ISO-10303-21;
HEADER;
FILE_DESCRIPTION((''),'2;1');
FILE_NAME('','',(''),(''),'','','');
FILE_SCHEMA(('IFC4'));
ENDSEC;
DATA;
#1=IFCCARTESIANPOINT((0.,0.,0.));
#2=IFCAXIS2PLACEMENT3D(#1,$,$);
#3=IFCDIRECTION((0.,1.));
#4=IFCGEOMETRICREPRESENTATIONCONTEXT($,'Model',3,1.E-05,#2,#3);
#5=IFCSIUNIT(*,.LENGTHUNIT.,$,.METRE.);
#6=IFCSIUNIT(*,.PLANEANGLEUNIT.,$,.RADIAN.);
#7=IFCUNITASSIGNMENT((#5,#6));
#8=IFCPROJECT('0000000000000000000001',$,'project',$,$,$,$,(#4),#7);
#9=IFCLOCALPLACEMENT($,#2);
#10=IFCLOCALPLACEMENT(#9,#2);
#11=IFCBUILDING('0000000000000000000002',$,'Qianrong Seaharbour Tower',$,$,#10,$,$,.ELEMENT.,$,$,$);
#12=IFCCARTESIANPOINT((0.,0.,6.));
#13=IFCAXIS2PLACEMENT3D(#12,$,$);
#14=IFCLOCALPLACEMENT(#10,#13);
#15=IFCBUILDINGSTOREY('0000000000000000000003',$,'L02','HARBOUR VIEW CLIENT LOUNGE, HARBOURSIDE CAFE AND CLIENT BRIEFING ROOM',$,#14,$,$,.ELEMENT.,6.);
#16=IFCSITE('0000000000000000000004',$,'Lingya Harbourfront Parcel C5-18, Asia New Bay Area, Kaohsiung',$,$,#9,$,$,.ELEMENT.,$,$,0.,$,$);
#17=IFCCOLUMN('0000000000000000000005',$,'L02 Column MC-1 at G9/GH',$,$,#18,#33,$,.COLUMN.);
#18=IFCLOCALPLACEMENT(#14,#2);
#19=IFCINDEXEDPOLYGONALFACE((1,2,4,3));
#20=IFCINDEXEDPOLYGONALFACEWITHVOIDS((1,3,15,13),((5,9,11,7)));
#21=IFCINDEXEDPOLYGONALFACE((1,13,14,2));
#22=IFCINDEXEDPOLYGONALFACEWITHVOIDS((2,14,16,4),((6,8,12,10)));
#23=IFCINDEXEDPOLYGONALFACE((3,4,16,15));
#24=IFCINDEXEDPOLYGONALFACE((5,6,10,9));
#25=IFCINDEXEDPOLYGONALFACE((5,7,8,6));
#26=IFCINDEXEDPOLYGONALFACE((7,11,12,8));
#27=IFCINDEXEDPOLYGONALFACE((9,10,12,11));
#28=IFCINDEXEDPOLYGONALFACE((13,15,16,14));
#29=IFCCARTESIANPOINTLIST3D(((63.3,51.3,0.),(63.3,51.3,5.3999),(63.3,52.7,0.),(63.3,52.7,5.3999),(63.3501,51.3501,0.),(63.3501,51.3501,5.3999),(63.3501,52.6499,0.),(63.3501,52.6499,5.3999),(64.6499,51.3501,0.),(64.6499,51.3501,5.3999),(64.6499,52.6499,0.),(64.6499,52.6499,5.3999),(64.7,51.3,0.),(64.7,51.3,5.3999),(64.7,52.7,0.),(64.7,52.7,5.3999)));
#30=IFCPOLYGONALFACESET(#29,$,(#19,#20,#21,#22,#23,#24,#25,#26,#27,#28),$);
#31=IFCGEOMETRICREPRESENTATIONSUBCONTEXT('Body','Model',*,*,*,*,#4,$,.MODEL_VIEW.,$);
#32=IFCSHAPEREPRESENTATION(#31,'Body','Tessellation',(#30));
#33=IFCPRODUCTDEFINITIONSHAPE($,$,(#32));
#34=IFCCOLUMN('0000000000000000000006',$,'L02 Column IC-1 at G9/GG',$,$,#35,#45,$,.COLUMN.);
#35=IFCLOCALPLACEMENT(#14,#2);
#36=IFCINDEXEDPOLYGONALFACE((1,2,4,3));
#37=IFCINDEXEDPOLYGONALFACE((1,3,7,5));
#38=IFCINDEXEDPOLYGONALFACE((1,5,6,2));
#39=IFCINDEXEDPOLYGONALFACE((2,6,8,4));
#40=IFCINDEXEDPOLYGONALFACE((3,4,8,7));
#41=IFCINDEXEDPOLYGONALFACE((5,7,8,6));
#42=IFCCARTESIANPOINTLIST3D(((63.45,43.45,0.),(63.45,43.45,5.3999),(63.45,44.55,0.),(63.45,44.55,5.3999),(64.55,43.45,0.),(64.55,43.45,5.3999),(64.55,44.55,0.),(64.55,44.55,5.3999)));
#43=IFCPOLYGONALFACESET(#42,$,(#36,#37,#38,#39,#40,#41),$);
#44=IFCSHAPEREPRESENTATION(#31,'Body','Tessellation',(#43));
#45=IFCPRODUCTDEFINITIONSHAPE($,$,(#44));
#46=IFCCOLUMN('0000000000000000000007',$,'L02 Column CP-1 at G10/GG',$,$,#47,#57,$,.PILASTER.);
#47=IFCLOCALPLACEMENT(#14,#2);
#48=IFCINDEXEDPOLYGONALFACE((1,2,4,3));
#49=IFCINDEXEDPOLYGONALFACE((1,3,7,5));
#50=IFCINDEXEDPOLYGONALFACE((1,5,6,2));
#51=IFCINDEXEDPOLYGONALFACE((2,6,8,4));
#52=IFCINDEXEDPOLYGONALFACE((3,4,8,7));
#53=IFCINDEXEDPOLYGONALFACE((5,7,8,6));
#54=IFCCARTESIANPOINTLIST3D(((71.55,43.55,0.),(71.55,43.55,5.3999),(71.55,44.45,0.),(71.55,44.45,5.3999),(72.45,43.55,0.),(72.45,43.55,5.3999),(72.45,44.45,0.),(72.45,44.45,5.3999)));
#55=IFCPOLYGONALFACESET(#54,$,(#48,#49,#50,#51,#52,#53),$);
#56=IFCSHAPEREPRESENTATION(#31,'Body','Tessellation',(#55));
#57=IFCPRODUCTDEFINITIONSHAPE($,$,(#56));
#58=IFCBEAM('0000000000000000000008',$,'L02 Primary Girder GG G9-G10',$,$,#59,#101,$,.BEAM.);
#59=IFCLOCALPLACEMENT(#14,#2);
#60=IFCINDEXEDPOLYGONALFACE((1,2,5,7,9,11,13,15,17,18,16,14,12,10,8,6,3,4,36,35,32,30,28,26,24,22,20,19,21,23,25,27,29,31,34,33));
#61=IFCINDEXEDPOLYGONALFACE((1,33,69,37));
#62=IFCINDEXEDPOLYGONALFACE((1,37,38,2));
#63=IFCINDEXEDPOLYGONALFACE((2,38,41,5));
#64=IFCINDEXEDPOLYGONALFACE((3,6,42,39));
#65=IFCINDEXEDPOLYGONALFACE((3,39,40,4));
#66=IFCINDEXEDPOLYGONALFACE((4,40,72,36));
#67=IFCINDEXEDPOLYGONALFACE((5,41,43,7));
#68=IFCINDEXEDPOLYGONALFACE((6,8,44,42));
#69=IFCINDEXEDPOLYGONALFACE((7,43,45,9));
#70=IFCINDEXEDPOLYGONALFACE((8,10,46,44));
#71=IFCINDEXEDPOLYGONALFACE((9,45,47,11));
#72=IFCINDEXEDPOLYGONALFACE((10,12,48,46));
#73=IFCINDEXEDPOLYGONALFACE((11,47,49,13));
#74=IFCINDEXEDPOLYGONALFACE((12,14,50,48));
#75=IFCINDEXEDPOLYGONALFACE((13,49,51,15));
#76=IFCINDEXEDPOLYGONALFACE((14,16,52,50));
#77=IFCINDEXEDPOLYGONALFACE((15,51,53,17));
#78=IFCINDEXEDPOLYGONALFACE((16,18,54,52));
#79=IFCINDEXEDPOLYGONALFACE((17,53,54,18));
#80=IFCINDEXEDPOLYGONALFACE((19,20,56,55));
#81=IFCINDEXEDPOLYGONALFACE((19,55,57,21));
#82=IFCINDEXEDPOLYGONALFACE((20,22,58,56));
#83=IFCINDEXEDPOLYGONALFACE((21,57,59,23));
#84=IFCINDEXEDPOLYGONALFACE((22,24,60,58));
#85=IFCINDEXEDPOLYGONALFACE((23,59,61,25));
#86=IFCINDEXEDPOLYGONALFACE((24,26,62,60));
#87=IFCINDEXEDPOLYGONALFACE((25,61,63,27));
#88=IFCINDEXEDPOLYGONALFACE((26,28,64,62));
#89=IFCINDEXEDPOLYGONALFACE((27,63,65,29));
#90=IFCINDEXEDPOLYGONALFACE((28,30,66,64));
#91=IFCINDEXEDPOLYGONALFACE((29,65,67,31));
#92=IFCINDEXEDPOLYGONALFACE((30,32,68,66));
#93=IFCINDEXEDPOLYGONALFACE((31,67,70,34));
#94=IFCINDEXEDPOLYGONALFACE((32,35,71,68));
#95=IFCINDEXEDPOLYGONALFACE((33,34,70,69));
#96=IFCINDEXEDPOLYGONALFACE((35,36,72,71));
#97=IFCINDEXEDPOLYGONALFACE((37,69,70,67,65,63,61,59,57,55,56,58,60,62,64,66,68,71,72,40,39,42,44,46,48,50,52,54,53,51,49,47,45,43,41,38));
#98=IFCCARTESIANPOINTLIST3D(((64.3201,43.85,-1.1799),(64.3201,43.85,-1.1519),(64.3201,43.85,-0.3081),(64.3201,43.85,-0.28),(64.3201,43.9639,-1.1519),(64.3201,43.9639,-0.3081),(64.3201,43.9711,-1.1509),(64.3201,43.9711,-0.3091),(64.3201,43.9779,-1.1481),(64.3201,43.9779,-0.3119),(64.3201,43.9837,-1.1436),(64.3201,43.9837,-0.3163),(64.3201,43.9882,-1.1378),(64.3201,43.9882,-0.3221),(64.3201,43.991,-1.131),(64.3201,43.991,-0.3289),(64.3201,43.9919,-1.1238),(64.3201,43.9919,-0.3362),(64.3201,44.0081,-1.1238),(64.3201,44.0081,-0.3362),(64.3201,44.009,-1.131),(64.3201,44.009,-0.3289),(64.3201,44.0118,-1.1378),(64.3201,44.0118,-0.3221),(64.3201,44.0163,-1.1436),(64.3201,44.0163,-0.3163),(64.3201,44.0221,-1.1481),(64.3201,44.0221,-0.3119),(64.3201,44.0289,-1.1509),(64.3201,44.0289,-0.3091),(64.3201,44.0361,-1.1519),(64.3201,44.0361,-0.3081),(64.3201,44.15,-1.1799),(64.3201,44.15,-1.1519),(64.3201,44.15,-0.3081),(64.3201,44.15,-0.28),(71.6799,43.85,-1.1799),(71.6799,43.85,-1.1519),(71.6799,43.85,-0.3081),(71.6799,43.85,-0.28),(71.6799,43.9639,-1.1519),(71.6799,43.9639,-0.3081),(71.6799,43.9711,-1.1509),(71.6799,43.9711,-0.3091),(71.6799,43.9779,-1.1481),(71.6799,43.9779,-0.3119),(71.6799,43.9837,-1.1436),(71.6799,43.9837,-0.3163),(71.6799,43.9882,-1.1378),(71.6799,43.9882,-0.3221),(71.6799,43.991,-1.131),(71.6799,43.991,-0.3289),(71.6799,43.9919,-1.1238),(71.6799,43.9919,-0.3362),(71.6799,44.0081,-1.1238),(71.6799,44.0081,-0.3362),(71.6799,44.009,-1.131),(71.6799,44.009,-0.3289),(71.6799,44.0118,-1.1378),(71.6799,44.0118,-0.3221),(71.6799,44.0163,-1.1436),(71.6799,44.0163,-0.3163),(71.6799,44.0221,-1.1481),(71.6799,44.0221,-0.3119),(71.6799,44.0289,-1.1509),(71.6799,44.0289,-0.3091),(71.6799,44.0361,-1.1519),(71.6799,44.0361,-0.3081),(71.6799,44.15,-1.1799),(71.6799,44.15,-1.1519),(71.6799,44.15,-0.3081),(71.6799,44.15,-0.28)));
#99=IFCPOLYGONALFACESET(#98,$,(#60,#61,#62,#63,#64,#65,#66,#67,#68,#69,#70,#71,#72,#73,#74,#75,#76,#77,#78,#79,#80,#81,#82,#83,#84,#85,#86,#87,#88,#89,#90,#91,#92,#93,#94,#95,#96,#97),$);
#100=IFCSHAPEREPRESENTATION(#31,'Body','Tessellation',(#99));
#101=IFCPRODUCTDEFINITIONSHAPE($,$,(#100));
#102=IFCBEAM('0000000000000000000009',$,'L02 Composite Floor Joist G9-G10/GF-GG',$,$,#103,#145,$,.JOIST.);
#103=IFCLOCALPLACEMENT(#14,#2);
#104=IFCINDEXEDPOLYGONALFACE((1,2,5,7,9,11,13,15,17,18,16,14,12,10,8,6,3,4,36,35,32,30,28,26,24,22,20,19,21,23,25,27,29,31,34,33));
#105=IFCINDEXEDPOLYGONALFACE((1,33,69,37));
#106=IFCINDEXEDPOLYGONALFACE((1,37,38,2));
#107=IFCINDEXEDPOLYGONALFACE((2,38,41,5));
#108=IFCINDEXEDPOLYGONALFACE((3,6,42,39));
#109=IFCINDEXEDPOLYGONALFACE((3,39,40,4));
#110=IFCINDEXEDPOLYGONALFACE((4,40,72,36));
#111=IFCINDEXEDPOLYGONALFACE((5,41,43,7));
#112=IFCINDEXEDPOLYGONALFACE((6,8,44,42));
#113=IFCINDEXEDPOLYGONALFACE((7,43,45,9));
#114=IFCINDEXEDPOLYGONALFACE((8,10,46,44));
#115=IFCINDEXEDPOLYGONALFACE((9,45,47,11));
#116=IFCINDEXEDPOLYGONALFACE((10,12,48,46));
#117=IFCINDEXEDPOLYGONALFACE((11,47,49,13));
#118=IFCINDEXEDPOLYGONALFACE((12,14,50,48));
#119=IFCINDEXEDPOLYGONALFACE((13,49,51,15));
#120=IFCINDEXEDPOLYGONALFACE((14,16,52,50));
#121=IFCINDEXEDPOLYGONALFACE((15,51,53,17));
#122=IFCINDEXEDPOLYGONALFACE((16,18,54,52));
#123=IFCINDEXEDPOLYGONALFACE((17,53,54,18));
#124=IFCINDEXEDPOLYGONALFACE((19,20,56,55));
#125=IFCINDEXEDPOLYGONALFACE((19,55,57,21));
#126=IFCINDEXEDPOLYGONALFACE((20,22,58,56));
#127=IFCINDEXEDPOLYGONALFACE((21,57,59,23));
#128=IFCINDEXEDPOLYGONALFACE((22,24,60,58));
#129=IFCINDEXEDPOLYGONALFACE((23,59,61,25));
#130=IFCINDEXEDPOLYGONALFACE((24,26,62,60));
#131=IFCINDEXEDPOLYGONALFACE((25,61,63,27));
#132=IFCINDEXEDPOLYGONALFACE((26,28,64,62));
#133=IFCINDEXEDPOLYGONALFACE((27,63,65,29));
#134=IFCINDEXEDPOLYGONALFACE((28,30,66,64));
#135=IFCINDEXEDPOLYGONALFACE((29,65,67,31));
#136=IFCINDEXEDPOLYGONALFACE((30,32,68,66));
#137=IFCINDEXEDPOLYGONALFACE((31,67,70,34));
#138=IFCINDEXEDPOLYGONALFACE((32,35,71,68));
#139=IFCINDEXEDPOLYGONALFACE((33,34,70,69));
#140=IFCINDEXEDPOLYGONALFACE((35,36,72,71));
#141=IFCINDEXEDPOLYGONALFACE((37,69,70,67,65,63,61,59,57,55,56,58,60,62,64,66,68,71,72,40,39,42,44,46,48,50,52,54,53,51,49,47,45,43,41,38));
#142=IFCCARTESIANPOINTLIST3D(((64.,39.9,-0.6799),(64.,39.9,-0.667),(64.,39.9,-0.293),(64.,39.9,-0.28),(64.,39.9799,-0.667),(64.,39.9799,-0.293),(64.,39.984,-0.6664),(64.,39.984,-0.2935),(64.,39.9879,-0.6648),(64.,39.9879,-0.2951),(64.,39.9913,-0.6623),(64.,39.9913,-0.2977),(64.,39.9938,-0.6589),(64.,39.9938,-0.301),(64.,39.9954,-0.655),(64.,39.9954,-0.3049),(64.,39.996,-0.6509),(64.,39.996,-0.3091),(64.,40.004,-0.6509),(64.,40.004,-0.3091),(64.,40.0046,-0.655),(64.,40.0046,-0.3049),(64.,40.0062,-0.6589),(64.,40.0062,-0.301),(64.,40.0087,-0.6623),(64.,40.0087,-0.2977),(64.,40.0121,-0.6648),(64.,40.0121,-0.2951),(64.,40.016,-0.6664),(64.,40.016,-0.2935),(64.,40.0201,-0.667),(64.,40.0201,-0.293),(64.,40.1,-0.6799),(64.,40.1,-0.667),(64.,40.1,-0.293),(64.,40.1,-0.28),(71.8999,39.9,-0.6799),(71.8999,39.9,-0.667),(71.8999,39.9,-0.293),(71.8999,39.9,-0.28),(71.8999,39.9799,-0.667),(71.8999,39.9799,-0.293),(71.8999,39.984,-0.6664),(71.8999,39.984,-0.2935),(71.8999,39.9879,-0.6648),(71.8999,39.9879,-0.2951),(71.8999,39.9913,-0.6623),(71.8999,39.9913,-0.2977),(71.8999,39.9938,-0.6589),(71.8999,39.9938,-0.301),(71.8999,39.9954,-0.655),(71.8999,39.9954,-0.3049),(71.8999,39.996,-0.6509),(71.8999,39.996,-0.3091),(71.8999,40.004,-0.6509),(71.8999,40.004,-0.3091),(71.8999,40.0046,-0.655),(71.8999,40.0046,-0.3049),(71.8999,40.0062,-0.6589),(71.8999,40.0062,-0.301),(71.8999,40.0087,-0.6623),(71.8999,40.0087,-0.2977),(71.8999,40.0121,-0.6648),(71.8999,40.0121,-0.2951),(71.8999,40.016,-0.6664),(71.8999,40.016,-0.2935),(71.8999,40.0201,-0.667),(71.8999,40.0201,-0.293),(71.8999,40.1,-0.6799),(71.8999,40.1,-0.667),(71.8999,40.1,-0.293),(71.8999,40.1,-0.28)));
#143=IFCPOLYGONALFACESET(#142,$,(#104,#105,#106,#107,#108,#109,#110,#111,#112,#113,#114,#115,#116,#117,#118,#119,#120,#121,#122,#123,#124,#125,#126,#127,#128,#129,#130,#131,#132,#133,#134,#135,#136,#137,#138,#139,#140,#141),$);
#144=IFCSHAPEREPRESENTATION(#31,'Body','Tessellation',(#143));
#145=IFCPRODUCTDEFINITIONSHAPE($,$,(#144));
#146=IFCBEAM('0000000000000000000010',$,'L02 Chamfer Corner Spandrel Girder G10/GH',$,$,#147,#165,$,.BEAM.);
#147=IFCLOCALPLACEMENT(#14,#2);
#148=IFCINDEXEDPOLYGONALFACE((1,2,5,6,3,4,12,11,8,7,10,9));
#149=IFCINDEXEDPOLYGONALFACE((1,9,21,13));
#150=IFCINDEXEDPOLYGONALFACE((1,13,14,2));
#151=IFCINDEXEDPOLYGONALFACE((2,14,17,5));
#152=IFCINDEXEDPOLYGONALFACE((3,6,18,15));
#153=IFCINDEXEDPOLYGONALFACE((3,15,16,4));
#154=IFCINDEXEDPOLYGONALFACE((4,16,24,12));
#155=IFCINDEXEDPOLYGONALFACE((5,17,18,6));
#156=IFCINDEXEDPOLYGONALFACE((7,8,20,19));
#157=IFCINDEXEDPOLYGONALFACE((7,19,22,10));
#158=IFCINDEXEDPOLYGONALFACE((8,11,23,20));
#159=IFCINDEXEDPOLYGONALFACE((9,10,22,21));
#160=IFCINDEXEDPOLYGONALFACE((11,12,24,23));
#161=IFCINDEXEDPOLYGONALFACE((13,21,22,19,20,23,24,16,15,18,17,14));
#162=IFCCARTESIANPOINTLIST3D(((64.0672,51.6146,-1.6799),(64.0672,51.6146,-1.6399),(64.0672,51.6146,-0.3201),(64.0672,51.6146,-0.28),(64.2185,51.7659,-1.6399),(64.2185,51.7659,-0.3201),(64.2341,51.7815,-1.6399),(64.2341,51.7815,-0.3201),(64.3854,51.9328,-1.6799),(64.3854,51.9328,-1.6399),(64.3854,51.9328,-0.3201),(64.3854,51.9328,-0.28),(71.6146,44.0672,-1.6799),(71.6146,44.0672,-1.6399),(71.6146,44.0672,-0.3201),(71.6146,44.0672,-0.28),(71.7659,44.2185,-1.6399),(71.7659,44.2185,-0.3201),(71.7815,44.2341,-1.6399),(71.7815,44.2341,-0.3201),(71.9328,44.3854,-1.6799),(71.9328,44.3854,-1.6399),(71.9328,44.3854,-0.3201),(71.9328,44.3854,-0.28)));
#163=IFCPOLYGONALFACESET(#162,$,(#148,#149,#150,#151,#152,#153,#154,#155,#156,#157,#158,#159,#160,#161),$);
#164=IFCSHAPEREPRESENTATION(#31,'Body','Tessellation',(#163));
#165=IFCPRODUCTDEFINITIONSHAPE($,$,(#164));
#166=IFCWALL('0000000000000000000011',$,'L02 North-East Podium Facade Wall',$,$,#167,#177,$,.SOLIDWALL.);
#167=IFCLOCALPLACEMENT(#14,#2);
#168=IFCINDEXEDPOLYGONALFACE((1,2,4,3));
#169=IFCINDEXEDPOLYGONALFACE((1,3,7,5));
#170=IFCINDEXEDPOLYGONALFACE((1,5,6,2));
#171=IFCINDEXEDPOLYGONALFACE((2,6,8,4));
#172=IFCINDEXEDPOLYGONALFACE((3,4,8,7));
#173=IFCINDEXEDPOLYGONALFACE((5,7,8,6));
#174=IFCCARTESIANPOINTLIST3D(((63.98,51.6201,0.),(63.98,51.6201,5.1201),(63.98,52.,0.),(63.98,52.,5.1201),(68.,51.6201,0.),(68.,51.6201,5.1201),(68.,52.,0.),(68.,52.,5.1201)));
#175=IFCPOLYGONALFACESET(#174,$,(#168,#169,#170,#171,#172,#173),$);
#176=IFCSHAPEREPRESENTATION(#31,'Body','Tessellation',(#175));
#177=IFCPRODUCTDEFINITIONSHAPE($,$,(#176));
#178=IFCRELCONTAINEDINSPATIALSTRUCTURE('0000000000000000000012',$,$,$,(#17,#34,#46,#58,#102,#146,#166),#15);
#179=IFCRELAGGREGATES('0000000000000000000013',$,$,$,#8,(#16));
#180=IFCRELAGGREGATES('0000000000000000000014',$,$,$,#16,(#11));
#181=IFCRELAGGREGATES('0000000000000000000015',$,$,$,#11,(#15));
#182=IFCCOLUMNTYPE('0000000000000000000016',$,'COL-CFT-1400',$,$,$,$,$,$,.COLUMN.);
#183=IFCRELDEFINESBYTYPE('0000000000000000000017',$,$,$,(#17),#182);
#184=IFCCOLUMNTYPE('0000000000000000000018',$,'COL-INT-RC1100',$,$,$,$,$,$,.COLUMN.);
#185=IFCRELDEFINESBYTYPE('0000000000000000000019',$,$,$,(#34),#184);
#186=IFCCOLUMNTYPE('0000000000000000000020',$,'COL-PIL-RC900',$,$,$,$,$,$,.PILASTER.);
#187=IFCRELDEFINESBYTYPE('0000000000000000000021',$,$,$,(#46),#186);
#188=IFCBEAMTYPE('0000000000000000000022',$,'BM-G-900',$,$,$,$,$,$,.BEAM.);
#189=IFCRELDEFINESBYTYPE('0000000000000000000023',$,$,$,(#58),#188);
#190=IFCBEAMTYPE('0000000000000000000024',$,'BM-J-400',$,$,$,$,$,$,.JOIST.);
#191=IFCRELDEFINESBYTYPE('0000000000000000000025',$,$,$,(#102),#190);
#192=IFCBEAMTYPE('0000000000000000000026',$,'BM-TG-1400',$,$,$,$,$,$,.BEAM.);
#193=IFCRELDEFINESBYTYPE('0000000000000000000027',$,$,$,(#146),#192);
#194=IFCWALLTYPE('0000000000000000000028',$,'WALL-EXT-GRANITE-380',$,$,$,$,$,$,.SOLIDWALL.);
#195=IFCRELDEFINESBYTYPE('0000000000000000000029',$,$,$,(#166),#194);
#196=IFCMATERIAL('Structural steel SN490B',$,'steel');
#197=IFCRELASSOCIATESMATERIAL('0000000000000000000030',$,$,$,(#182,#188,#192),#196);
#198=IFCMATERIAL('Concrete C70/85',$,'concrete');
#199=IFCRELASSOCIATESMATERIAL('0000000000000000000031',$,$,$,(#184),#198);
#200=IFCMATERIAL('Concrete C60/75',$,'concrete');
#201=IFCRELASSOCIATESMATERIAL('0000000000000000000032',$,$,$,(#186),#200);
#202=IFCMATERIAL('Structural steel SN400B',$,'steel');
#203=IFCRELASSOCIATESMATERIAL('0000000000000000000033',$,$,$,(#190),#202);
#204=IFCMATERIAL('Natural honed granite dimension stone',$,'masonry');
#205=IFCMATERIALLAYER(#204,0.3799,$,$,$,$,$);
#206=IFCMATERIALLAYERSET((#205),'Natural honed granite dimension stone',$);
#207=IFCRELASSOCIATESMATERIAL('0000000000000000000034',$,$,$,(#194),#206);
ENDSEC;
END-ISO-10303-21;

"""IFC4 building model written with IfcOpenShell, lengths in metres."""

from ifc_helpers import new_model, si_unit, direction, frame, frame_2d, origin, origin_2d, place, context, subcontext, project, spatial, rectangle, hollow_rectangle, i_section, extrude, material, layer, layer_set, material_profile, profile_set, type_object, element, save


model = new_model("IFC4")

# Units and contexts
model_context = context("Model", 3, precision=1e-05, world=origin(), true_north=direction((0.0, 1.0)))
body_context = subcontext(model_context, "Body", "Model", "MODEL_VIEW")
ifc_project = project(units=[si_unit("LENGTHUNIT", "METRE"), si_unit("PLANEANGLEUNIT", "RADIAN")], contexts=[model_context])

# Site, building, storey
site_placement = place(None, origin())
site = spatial("IfcSite", under=ifc_project, at=site_placement, Name="Lingya Harbourfront Parcel C5-18, Asia New Bay Area, Kaohsiung", CompositionType="ELEMENT", RefElevation=0.0)
building_placement = place(site_placement, origin())
building = spatial("IfcBuilding", under=site, at=building_placement, Name="Qianrong Seaharbour Tower", CompositionType="ELEMENT")
storey_placement = place(building_placement, frame((0.0, 0.0, 6.0)))
storey = spatial("IfcBuildingStorey", under=building, at=storey_placement, Name="L02", Description="HARBOUR VIEW CLIENT LOUNGE, HARBOURSIDE CAFE AND CLIENT BRIEFING ROOM", CompositionType="ELEMENT", Elevation=6.0)

# Columns
ifc_material_1 = material(Name="Structural steel SN490B", Category="steel")
ifc_material_profile_1 = material_profile(ifc_material_1, hollow_rectangle(XDim=1.3999, YDim=1.3999, WallThickness=0.05, at=origin_2d()), Name="BOX1400x1400x50")
ifc_profile_set_1 = profile_set([ifc_material_profile_1], Name="Structural steel SN490B")
column_type_1 = type_object("IfcColumnType", Name="COL-CFT-1400", PredefinedType="COLUMN", material=ifc_profile_set_1)
column_1_placement = place(storey_placement, frame((64.0, 52.0, 0.0), z_axis=(0.0, 0.0, 1.0), x_axis=(1.0, 0.0, 0.0)))
element("IfcColumn", 1, at=column_1_placement, inside=storey, type_object=column_type_1, Name="L02 Column MC-1 at G9/GH", PredefinedType="COLUMN", context=body_context, shape_type="SweptSolid", body=[
    extrude(hollow_rectangle(XDim=1.3999, YDim=1.3999, WallThickness=0.05, at=origin_2d()), origin(), (0.0, 0.0, 1.0), 5.3999),
])
ifc_material_2 = material(Name="Concrete C70/85", Category="concrete")
ifc_material_profile_2 = material_profile(ifc_material_2, rectangle(XDim=1.1001, YDim=1.1001, at=origin_2d()), Name="RC1100x1100")
ifc_profile_set_2 = profile_set([ifc_material_profile_2], Name="Concrete C70/85")
column_type_2 = type_object("IfcColumnType", Name="COL-INT-RC1100", PredefinedType="COLUMN", material=ifc_profile_set_2)
column_2_placement = place(storey_placement, frame((64.0, 44.0, 0.0), z_axis=(0.0, 0.0, 1.0), x_axis=(1.0, 0.0, 0.0)))
element("IfcColumn", 2, at=column_2_placement, inside=storey, type_object=column_type_2, Name="L02 Column IC-1 at G9/GG", PredefinedType="COLUMN", context=body_context, shape_type="SweptSolid", body=[
    extrude(rectangle(XDim=1.1001, YDim=1.1001, at=origin_2d()), origin(), (0.0, 0.0, 1.0), 5.3999),
])
ifc_material_3 = material(Name="Concrete C60/75", Category="concrete")
ifc_material_profile_3 = material_profile(ifc_material_3, rectangle(XDim=0.8999, YDim=0.8999, at=origin_2d()), Name="RC900x900")
ifc_profile_set_3 = profile_set([ifc_material_profile_3], Name="Concrete C60/75")
column_type_3 = type_object("IfcColumnType", Name="COL-PIL-RC900", PredefinedType="PILASTER", material=ifc_profile_set_3)
column_3_placement = place(storey_placement, frame((72.0, 44.0, 0.0), z_axis=(0.0, 0.0, 1.0), x_axis=(1.0, 0.0, 0.0)))
element("IfcColumn", 3, at=column_3_placement, inside=storey, type_object=column_type_3, Name="L02 Column CP-1 at G10/GG", PredefinedType="PILASTER", context=body_context, shape_type="SweptSolid", body=[
    extrude(rectangle(XDim=0.8999, YDim=0.8999, at=origin_2d()), origin(), (0.0, 0.0, 1.0), 5.3999),
])

# Beams
ifc_material_profile_4 = material_profile(ifc_material_1, i_section(OverallWidth=0.3, OverallDepth=0.8999, WebThickness=0.0161, FlangeThickness=0.0281, FilletRadius=0.0281, at=origin_2d()), Name="H900x300x16x28")
ifc_profile_set_4 = profile_set([ifc_material_profile_4], Name="Structural steel SN490B")
beam_type_1 = type_object("IfcBeamType", Name="BM-G-900", PredefinedType="BEAM", material=ifc_profile_set_4)
beam_1_placement = place(storey_placement, frame((64.3201, 44.0, -0.73), z_axis=(1.0, 0.0, 0.0), x_axis=(0.0, 1.0, 0.0)))
element("IfcBeam", 4, at=beam_1_placement, inside=storey, type_object=beam_type_1, Name="L02 Primary Girder GG G9-G10", PredefinedType="BEAM", context=body_context, shape_type="SweptSolid", body=[
    extrude(i_section(OverallWidth=0.3, OverallDepth=0.8999, WebThickness=0.0161, FlangeThickness=0.0281, FilletRadius=0.0281, at=origin_2d()), origin(), (0.0, 0.0, 1.0), 7.3599),
])
ifc_material_4 = material(Name="Structural steel SN400B", Category="steel")
ifc_material_profile_5 = material_profile(ifc_material_4, i_section(OverallWidth=0.2, OverallDepth=0.3999, WebThickness=0.0081, FlangeThickness=0.0129, FilletRadius=0.0161, at=origin_2d()), Name="H400x200x8x13")
ifc_profile_set_5 = profile_set([ifc_material_profile_5], Name="Structural steel SN400B")
beam_type_2 = type_object("IfcBeamType", Name="BM-J-400", PredefinedType="JOIST", material=ifc_profile_set_5)
beam_2_placement = place(storey_placement, frame((64.0, 40.0, -0.48), z_axis=(1.0, 0.0, 0.0), x_axis=(0.0, 1.0, 0.0)))
element("IfcBeam", 5, at=beam_2_placement, inside=storey, type_object=beam_type_2, Name="L02 Composite Floor Joist G9-G10/GF-GG", PredefinedType="JOIST", context=body_context, shape_type="SweptSolid", body=[
    extrude(i_section(OverallWidth=0.2, OverallDepth=0.3999, WebThickness=0.0081, FlangeThickness=0.0129, FilletRadius=0.0161, at=origin_2d()), origin(), (0.0, 0.0, 1.0), 7.8999),
])
ifc_material_profile_6 = material_profile(ifc_material_1, i_section(OverallWidth=0.45, OverallDepth=1.3999, WebThickness=0.022, FlangeThickness=0.04, at=origin_2d()), Name="BH1400x450x22x40")
ifc_profile_set_6 = profile_set([ifc_material_profile_6], Name="Structural steel SN490B")
beam_type_3 = type_object("IfcBeamType", Name="BM-TG-1400", PredefinedType="BEAM", material=ifc_profile_set_6)
beam_3_placement = place(storey_placement, frame((64.2263, 51.7737, -0.98), z_axis=(0.707107, -0.707107, 0.0), x_axis=(0.707107, 0.707107, 0.0)))
element("IfcBeam", 6, at=beam_3_placement, inside=storey, type_object=beam_type_3, Name="L02 Chamfer Corner Spandrel Girder G10/GH", PredefinedType="BEAM", context=body_context, shape_type="SweptSolid", body=[
    extrude(i_section(OverallWidth=0.45, OverallDepth=1.3999, WebThickness=0.022, FlangeThickness=0.04, at=origin_2d()), origin(), (0.0, 0.0, 1.0), 10.6736),
])

# Wall
ifc_material_5 = material(Name="Natural honed granite dimension stone", Category="masonry")
ifc_layer_1 = layer(ifc_material_5, 0.3799)
ifc_layer_set_1 = layer_set([ifc_layer_1], Name="Natural honed granite dimension stone")
wall_type_1 = type_object("IfcWallType", Name="WALL-EXT-GRANITE-380", PredefinedType="SOLIDWALL", material=ifc_layer_set_1)
wall_1_placement = place(storey_placement, frame((63.98, 51.8101, 0.0), z_axis=(0.0, 0.0, 1.0), x_axis=(1.0, 0.0, 0.0)))
element("IfcWall", 7, at=wall_1_placement, inside=storey, type_object=wall_type_1, Name="L02 North-East Podium Facade Wall", PredefinedType="SOLIDWALL", context=body_context, shape_type="SweptSolid", body=[
    extrude(rectangle(XDim=4.02, YDim=0.3799, at=frame_2d((2.01, 0.0))), origin(), (0.0, 0.0, 1.0), 5.1201),
])

save(model, "model.ifc")
